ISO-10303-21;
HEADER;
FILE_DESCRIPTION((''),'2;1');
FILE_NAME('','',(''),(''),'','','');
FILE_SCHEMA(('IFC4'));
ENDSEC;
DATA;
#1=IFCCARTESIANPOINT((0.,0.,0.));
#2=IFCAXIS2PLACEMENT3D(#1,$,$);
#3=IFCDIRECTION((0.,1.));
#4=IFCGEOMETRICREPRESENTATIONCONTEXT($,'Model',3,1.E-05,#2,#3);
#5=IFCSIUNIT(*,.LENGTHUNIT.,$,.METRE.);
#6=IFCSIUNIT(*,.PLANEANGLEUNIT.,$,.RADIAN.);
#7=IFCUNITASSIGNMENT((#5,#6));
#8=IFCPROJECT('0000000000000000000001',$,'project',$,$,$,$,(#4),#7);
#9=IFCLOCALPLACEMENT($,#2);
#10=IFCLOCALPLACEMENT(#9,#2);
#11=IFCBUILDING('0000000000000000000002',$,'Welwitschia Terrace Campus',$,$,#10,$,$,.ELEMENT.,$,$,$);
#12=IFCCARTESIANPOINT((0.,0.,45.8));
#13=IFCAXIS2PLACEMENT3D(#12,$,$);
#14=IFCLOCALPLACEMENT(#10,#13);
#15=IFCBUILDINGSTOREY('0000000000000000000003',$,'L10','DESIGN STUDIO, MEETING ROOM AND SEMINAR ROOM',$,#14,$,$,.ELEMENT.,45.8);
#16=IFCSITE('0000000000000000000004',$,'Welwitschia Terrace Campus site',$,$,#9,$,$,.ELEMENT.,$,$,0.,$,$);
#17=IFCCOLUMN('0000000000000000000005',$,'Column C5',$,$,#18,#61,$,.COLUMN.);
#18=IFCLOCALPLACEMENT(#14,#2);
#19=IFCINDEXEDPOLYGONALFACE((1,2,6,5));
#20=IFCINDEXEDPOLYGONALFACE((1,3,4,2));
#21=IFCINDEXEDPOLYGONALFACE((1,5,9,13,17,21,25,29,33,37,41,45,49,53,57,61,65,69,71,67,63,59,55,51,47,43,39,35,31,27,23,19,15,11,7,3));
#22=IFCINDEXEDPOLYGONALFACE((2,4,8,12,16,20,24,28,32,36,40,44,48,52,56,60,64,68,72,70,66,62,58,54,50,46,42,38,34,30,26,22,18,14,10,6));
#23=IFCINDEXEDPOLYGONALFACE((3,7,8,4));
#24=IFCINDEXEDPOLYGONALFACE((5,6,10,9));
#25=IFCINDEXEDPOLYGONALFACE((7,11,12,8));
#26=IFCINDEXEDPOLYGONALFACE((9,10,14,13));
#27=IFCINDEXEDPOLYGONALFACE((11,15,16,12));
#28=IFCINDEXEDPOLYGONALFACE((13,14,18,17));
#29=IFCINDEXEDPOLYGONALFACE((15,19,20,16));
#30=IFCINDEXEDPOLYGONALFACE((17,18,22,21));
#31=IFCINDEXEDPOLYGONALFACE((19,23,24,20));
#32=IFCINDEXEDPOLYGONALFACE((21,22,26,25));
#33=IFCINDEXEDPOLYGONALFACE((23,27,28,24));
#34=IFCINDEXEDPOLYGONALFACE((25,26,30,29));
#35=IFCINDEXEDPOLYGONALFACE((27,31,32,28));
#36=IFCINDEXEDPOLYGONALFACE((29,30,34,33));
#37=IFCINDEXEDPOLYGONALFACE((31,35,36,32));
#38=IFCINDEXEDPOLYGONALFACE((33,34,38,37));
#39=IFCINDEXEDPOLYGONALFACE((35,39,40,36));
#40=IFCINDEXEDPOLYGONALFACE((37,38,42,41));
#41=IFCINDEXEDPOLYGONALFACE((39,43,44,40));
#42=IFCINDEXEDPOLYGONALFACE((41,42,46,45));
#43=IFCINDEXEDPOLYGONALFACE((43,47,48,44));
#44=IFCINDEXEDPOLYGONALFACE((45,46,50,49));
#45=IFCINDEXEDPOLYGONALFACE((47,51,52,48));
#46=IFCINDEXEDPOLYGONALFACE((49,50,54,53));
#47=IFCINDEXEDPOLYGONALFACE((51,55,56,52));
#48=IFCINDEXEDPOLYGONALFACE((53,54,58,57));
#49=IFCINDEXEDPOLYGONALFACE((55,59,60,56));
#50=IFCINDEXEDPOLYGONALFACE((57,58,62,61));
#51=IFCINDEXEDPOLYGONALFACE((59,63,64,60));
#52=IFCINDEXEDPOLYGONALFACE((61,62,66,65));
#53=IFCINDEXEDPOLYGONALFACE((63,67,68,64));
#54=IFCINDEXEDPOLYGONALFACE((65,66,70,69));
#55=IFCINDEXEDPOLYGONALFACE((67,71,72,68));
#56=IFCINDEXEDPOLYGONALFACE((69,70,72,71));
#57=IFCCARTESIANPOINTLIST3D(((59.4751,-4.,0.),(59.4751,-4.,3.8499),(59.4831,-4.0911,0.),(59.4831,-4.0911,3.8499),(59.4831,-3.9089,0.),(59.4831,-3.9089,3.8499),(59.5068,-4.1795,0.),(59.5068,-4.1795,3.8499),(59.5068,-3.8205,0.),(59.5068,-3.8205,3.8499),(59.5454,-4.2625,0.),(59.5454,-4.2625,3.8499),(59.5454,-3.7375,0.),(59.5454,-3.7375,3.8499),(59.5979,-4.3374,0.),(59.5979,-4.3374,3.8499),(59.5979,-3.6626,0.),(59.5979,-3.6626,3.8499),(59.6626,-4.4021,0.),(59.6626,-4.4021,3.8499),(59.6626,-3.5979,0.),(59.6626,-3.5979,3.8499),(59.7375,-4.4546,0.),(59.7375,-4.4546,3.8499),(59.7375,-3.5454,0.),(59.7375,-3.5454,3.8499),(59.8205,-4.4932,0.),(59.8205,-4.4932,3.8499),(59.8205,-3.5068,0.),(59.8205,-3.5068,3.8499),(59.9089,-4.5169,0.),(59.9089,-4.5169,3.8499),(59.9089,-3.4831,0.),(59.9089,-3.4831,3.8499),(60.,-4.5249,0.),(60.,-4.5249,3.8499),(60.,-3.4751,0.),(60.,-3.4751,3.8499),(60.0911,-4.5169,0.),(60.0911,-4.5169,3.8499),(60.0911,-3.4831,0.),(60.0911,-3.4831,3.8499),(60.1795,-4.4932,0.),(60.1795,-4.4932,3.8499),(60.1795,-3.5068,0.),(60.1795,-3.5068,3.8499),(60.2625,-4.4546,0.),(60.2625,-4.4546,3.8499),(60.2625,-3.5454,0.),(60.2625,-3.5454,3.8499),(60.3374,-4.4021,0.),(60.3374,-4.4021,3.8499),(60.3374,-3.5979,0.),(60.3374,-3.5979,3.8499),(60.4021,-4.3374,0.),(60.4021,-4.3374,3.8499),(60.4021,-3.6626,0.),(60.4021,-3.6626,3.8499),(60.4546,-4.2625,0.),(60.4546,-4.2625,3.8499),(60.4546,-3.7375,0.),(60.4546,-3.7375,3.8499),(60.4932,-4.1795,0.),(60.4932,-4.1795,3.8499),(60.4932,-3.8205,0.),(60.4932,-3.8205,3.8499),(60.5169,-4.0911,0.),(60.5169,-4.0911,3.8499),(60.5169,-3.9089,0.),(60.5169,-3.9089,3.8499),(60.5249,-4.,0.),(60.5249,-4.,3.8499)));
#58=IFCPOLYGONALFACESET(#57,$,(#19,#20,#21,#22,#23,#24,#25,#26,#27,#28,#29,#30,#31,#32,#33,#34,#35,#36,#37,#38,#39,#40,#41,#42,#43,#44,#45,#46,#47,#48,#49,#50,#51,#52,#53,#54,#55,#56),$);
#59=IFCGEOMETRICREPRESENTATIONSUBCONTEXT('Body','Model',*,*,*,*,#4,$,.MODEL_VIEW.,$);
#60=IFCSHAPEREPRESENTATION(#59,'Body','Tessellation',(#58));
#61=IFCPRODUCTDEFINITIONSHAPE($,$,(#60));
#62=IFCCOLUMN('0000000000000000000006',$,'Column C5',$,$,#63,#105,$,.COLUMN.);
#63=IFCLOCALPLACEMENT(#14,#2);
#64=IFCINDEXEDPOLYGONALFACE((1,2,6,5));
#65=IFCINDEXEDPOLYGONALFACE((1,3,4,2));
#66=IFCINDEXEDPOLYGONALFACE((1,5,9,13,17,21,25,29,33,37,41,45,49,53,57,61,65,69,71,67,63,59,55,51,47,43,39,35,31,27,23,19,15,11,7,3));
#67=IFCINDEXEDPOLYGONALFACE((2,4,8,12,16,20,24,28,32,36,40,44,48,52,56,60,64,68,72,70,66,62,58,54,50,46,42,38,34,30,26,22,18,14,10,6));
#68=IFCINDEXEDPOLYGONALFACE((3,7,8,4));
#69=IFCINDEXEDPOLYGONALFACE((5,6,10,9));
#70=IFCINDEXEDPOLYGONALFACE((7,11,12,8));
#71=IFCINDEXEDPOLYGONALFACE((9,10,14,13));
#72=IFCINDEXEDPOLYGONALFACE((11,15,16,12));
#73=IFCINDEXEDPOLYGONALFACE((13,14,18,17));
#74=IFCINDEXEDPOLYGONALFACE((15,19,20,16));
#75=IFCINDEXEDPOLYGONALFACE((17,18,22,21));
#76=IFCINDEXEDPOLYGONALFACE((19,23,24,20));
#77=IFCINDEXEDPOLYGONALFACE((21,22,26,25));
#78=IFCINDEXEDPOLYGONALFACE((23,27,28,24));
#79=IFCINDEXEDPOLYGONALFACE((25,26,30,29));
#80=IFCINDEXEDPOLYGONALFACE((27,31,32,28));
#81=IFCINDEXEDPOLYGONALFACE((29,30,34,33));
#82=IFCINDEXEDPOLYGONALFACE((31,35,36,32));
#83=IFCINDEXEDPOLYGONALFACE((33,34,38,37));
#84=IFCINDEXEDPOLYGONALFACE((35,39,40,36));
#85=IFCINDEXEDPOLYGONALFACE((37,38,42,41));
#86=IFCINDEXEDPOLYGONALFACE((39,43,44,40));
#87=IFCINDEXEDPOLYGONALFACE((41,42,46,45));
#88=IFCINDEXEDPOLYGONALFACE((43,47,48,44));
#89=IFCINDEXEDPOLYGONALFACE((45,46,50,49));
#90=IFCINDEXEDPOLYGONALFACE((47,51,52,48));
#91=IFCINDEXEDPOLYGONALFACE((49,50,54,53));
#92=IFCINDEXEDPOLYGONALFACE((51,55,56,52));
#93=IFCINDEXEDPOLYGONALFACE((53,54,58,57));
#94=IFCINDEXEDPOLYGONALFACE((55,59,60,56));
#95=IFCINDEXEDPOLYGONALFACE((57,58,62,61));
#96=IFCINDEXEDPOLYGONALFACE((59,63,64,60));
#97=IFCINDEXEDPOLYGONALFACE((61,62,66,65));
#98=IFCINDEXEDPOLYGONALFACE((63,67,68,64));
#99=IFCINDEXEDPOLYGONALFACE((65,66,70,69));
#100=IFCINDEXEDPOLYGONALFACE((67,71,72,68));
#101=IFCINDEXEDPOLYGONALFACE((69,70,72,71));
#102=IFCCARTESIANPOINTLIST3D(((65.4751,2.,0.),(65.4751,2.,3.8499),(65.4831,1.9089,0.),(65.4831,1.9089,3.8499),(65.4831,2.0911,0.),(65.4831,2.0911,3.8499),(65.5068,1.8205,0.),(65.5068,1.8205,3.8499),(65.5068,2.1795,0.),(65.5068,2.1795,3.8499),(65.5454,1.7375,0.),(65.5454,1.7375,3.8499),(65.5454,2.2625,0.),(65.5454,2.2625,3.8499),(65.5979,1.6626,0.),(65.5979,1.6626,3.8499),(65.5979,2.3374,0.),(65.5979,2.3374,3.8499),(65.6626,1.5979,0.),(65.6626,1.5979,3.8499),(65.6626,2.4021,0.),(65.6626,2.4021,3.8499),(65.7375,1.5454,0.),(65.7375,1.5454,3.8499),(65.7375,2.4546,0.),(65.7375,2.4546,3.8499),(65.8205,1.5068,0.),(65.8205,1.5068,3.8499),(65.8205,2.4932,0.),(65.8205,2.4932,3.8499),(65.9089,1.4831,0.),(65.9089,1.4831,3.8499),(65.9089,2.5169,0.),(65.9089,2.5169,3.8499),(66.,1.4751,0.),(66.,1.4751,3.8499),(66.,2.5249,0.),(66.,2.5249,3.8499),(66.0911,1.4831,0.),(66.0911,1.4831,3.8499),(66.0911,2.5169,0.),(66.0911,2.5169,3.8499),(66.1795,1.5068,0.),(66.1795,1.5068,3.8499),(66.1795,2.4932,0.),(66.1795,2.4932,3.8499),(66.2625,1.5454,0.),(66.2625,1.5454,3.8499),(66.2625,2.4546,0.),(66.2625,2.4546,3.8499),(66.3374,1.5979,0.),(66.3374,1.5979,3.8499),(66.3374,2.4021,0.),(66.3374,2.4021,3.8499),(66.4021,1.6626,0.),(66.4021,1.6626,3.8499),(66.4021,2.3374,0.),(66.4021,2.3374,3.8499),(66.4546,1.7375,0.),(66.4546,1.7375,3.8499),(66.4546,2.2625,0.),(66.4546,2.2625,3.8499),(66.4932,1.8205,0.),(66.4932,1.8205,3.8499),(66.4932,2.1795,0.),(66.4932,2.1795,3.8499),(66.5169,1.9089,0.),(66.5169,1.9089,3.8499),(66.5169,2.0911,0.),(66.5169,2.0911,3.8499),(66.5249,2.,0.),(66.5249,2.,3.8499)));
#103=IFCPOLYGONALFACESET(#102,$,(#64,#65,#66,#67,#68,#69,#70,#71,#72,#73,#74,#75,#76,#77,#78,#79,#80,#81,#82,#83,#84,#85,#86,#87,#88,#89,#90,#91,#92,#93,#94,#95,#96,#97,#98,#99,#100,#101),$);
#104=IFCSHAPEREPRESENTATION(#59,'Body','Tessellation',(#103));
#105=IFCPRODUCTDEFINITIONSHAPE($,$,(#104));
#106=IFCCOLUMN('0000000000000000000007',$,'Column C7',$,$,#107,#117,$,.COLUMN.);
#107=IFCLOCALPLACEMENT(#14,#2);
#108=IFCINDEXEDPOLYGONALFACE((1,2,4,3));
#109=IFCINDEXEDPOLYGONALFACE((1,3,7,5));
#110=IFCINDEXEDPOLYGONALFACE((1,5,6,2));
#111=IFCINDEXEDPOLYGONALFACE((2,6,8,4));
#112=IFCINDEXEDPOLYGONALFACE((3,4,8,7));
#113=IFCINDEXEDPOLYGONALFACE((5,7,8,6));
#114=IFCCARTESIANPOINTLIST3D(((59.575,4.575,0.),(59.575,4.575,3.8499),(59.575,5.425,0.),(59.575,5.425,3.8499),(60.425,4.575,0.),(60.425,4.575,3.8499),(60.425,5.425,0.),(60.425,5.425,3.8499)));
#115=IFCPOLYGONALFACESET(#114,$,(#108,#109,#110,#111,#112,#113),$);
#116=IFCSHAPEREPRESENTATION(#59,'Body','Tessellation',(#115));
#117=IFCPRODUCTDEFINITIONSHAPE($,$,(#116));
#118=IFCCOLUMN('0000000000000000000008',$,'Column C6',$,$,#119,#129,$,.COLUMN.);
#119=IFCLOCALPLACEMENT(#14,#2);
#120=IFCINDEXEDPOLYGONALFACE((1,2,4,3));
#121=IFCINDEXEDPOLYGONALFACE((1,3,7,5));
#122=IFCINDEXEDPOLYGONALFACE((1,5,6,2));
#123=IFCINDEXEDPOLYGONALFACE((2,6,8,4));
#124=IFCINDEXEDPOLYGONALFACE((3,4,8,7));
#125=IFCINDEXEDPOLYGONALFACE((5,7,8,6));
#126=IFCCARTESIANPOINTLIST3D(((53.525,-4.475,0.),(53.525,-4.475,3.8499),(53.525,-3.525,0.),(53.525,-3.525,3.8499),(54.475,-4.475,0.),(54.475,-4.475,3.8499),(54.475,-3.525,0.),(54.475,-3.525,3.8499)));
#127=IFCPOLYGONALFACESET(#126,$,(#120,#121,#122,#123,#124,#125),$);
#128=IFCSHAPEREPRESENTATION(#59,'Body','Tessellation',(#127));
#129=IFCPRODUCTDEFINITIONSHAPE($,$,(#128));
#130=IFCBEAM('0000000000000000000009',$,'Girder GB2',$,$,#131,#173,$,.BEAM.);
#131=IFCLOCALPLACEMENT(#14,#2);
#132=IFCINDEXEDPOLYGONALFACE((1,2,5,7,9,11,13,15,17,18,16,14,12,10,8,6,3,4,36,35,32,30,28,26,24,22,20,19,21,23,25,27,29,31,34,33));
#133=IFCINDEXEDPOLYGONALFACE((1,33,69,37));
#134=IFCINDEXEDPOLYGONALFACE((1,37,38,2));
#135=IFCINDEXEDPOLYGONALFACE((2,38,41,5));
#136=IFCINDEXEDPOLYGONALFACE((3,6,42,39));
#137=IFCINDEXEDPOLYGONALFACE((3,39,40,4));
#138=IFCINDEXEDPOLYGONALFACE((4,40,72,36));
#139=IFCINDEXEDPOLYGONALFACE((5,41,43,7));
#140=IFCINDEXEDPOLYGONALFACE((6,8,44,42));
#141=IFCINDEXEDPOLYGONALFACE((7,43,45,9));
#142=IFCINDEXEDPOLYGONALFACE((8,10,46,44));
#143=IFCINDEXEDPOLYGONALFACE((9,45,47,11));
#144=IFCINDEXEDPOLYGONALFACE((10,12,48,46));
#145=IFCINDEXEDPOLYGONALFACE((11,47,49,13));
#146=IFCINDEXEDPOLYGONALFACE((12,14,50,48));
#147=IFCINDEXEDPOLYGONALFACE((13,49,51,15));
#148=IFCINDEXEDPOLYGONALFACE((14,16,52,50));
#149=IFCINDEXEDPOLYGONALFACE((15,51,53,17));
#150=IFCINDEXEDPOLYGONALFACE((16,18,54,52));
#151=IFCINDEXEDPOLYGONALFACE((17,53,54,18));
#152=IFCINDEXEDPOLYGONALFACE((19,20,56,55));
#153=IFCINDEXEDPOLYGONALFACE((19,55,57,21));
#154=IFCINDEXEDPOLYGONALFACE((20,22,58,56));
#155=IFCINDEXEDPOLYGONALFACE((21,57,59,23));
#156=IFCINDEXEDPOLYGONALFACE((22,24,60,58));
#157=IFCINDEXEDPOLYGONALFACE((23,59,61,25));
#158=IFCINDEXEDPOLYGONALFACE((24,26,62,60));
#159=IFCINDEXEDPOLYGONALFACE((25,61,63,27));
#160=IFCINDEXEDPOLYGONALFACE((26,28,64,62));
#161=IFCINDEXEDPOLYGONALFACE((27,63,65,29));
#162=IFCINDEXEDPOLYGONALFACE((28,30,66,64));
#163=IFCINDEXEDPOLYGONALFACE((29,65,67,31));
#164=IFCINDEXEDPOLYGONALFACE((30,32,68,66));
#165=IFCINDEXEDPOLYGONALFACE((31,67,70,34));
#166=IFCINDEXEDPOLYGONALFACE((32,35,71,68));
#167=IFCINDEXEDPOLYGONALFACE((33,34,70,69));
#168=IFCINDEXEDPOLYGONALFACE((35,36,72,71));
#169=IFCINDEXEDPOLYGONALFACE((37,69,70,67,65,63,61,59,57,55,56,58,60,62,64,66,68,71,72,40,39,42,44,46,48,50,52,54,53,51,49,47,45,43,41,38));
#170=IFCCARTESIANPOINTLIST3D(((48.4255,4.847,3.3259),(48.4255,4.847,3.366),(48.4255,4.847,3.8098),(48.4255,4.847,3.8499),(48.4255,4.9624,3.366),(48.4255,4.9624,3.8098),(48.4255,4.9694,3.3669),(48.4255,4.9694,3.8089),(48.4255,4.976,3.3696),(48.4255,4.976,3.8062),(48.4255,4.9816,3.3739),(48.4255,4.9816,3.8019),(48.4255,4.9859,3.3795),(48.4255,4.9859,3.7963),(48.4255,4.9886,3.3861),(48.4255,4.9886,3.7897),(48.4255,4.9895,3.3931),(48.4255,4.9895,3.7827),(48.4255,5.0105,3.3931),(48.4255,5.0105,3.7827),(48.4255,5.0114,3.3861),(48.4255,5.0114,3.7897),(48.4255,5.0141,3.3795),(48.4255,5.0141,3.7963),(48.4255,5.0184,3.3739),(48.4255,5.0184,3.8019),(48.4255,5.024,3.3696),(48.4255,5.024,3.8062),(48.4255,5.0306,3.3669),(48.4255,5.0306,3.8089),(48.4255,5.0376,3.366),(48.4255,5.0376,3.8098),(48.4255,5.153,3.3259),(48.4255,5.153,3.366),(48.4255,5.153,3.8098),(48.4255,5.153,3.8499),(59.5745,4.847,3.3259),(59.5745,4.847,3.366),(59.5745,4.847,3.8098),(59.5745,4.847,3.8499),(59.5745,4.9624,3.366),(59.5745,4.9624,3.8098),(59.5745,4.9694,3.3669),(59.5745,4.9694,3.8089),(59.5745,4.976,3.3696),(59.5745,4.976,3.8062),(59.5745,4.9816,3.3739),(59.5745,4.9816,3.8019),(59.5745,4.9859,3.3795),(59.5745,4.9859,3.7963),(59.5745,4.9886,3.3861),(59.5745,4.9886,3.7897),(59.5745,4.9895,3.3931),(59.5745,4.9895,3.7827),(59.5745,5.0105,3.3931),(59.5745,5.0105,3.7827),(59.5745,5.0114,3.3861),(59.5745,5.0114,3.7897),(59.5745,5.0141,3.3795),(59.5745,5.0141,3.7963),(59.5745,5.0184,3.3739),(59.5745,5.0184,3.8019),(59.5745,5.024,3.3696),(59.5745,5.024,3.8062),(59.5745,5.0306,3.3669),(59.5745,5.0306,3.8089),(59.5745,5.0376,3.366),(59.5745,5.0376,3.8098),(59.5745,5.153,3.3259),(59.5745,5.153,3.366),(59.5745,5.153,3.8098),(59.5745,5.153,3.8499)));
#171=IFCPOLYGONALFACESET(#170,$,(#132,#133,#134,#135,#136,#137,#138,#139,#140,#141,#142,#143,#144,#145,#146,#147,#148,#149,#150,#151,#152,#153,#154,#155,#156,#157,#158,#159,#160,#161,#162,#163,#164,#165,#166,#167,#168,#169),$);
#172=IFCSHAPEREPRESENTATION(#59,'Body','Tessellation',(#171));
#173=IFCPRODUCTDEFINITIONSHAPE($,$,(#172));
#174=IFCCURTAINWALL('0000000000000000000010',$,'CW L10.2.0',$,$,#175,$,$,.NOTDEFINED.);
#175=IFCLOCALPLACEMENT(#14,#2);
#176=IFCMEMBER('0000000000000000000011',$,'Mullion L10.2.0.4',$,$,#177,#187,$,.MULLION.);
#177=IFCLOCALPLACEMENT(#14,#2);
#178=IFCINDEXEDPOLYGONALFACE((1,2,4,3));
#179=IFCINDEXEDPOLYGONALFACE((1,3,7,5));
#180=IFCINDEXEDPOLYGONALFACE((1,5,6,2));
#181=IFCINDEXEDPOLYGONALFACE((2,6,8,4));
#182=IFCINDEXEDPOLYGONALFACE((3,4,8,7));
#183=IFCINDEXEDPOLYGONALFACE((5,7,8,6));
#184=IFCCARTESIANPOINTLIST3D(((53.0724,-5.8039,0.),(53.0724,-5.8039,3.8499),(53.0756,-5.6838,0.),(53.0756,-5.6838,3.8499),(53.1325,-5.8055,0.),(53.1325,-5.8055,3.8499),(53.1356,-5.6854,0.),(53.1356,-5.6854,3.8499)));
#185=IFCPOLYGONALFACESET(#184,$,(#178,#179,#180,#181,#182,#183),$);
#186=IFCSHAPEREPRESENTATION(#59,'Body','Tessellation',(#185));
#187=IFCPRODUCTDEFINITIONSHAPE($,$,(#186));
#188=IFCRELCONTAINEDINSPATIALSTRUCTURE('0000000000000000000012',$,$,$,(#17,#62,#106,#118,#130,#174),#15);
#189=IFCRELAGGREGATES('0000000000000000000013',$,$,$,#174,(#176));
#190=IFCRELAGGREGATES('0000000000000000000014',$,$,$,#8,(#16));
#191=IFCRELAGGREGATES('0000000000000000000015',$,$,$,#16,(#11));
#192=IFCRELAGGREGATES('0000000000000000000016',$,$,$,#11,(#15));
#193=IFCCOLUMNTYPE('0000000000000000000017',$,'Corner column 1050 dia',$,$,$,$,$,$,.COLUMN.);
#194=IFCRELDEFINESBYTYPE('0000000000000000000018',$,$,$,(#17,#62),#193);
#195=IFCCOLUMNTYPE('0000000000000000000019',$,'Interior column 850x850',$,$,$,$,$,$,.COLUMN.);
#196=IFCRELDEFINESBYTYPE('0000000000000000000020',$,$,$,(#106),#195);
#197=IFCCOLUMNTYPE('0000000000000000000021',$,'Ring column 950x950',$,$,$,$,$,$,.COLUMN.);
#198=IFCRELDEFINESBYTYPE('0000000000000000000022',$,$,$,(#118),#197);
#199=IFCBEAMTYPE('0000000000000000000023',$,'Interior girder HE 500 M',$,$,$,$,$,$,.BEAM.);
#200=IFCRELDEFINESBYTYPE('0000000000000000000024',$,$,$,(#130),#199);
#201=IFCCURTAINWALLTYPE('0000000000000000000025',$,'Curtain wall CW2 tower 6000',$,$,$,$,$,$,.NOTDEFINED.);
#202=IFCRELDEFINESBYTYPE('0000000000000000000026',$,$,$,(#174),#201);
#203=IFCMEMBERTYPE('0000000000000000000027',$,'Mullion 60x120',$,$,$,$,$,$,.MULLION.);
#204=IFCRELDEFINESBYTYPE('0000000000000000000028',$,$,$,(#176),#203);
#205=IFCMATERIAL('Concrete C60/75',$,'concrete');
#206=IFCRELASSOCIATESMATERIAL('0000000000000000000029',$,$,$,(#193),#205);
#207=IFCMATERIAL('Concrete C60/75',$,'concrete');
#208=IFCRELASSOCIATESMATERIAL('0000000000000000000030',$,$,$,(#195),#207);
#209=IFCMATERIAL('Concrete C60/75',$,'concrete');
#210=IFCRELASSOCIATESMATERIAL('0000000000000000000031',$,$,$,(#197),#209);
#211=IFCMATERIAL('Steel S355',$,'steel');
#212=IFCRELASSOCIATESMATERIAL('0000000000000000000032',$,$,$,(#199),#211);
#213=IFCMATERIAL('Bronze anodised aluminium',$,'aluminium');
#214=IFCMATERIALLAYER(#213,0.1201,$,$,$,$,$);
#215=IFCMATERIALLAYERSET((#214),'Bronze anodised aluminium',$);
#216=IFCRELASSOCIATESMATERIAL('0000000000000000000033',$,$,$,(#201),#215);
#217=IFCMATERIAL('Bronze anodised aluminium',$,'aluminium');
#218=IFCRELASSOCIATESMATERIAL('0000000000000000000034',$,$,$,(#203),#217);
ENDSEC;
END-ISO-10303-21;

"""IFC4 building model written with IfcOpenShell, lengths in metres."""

from ifc_helpers import new_model, si_unit, direction, frame, origin, origin_2d, place, context, subcontext, project, spatial, rectangle, circle, i_section, extrude, material, layer, layer_set, material_profile, profile_set, type_object, element, aggregate, save


model = new_model("IFC4")

# Units and contexts
model_context = context("Model", 3, precision=1e-05, world=origin(), true_north=direction((0.0, 1.0)))
body_context = subcontext(model_context, "Body", "Model", "MODEL_VIEW")
ifc_project = project(units=[si_unit("LENGTHUNIT", "METRE"), si_unit("PLANEANGLEUNIT", "RADIAN")], contexts=[model_context])

# Site, building, storey
site_placement = place(None, origin())
site = spatial("IfcSite", under=ifc_project, at=site_placement, Name="Welwitschia Terrace Campus site", CompositionType="ELEMENT", RefElevation=0.0)
building_placement = place(site_placement, origin())
building = spatial("IfcBuilding", under=site, at=building_placement, Name="Welwitschia Terrace Campus", CompositionType="ELEMENT")
storey_placement = place(building_placement, frame((0.0, 0.0, 45.8)))
storey = spatial("IfcBuildingStorey", under=building, at=storey_placement, Name="L10", Description="DESIGN STUDIO, MEETING ROOM AND SEMINAR ROOM", CompositionType="ELEMENT", Elevation=45.8)

# Columns
ifc_material_1 = material(Name="Concrete C60/75", Category="concrete")
ifc_material_profile_1 = material_profile(ifc_material_1, circle(Radius=0.5249, at=origin_2d()))
ifc_profile_set_1 = profile_set([ifc_material_profile_1], Name="Concrete C60/75")
column_type_1 = type_object("IfcColumnType", Name="Corner column 1050 dia", PredefinedType="COLUMN", material=ifc_profile_set_1)
for number, where, z_axis, x_axis, name in (
    (1, (60.0, -4.0, 0.0), (0.0, 0.0, 1.0), (1.0, 0.0, 0.0), "Column C5"),
    (2, (66.0, 2.0, 0.0), (0.0, 0.0, 1.0), (1.0, 0.0, 0.0), "Column C5"),
):
    element("IfcColumn", number, at=place(storey_placement, frame(where, z_axis=z_axis, x_axis=x_axis)), inside=storey, type_object=column_type_1, Name=name, PredefinedType="COLUMN", context=body_context, shape_type="SweptSolid", body=[
        extrude(circle(Radius=0.5249, at=origin_2d()), origin(), (0.0, 0.0, 1.0), 3.8499),
    ])
ifc_material_2 = material(Name="Concrete C60/75", Category="concrete")
ifc_material_profile_2 = material_profile(ifc_material_2, rectangle(XDim=0.8501, YDim=0.8501, at=origin_2d()))
ifc_profile_set_2 = profile_set([ifc_material_profile_2], Name="Concrete C60/75")
column_type_2 = type_object("IfcColumnType", Name="Interior column 850x850", PredefinedType="COLUMN", material=ifc_profile_set_2)
column_1_placement = place(storey_placement, frame((60.0, 5.0, 0.0), z_axis=(0.0, 0.0, 1.0), x_axis=(1.0, 0.0, 0.0)))
element("IfcColumn", 3, at=column_1_placement, inside=storey, type_object=column_type_2, Name="Column C7", PredefinedType="COLUMN", context=body_context, shape_type="SweptSolid", body=[
    extrude(rectangle(XDim=0.8501, YDim=0.8501, at=origin_2d()), origin(), (0.0, 0.0, 1.0), 3.8499),
])
ifc_material_3 = material(Name="Concrete C60/75", Category="concrete")
ifc_material_profile_3 = material_profile(ifc_material_3, rectangle(XDim=0.95, YDim=0.95, at=origin_2d()))
ifc_profile_set_3 = profile_set([ifc_material_profile_3], Name="Concrete C60/75")
column_type_3 = type_object("IfcColumnType", Name="Ring column 950x950", PredefinedType="COLUMN", material=ifc_profile_set_3)
column_2_placement = place(storey_placement, frame((54.0, -4.0, 0.0), z_axis=(0.0, 0.0, 1.0), x_axis=(1.0, 0.0, 0.0)))
element("IfcColumn", 4, at=column_2_placement, inside=storey, type_object=column_type_3, Name="Column C6", PredefinedType="COLUMN", context=body_context, shape_type="SweptSolid", body=[
    extrude(rectangle(XDim=0.95, YDim=0.95, at=origin_2d()), origin(), (0.0, 0.0, 1.0), 3.8499),
])

# Beam
ifc_material_4 = material(Name="Steel S355", Category="steel")
ifc_material_profile_4 = material_profile(ifc_material_4, i_section(OverallWidth=0.3059, OverallDepth=0.5239, WebThickness=0.021, FlangeThickness=0.04, FilletRadius=0.0271, at=origin_2d()))
ifc_profile_set_4 = profile_set([ifc_material_profile_4], Name="Steel S355")
beam_type_1 = type_object("IfcBeamType", Name="Interior girder HE 500 M", PredefinedType="BEAM", material=ifc_profile_set_4)
beam_1_placement = place(storey_placement, frame((48.4255, 5.0, 3.5879), z_axis=(1.0, 0.0, 0.0), x_axis=(0.0, 1.0, 0.0)))
element("IfcBeam", 5, at=beam_1_placement, inside=storey, type_object=beam_type_1, Name="Girder GB2", PredefinedType="BEAM", context=body_context, shape_type="SweptSolid", body=[
    extrude(i_section(OverallWidth=0.3059, OverallDepth=0.5239, WebThickness=0.021, FlangeThickness=0.04, FilletRadius=0.0271, at=origin_2d()), origin(), (0.0, 0.0, 1.0), 11.1489),
])

# Curtain wall, member
ifc_material_5 = material(Name="Bronze anodised aluminium", Category="aluminium")
ifc_layer_1 = layer(ifc_material_5, 0.1201)
ifc_layer_set_1 = layer_set([ifc_layer_1], Name="Bronze anodised aluminium")
curtain_wall_type = type_object("IfcCurtainWallType", Name="Curtain wall CW2 tower 6000", PredefinedType="NOTDEFINED", material=ifc_layer_set_1)
curtain_wall_1_placement = place(storey_placement, origin())
curtain_wall_1 = element("IfcCurtainWall", 6, at=curtain_wall_1_placement, inside=storey, type_object=curtain_wall_type, Name="CW L10.2.0", PredefinedType="NOTDEFINED")
ifc_material_6 = material(Name="Bronze anodised aluminium", Category="aluminium")
ifc_material_profile_5 = material_profile(ifc_material_6, rectangle(XDim=0.1201, YDim=0.0601, at=origin_2d()))
ifc_profile_set_5 = profile_set([ifc_material_profile_5], Name="Bronze anodised aluminium")
member_type_1 = type_object("IfcMemberType", Name="Mullion 60x120", PredefinedType="MULLION", material=ifc_profile_set_5)
member_1_placement = place(storey_placement, frame((53.104, -5.7446, 0.0), z_axis=(0.0, 0.0, 1.0), x_axis=(0.026177, 0.999657, 0.0)))
member_1 = element("IfcMember", 7, at=member_1_placement, type_object=member_type_1, Name="Mullion L10.2.0.4", PredefinedType="MULLION", context=body_context, shape_type="SweptSolid", body=[
    extrude(rectangle(XDim=0.1201, YDim=0.0601, at=origin_2d()), origin(), (0.0, 0.0, 1.0), 3.8499),
])

aggregate(curtain_wall_1, [member_1])

save(model, "model.ifc")
